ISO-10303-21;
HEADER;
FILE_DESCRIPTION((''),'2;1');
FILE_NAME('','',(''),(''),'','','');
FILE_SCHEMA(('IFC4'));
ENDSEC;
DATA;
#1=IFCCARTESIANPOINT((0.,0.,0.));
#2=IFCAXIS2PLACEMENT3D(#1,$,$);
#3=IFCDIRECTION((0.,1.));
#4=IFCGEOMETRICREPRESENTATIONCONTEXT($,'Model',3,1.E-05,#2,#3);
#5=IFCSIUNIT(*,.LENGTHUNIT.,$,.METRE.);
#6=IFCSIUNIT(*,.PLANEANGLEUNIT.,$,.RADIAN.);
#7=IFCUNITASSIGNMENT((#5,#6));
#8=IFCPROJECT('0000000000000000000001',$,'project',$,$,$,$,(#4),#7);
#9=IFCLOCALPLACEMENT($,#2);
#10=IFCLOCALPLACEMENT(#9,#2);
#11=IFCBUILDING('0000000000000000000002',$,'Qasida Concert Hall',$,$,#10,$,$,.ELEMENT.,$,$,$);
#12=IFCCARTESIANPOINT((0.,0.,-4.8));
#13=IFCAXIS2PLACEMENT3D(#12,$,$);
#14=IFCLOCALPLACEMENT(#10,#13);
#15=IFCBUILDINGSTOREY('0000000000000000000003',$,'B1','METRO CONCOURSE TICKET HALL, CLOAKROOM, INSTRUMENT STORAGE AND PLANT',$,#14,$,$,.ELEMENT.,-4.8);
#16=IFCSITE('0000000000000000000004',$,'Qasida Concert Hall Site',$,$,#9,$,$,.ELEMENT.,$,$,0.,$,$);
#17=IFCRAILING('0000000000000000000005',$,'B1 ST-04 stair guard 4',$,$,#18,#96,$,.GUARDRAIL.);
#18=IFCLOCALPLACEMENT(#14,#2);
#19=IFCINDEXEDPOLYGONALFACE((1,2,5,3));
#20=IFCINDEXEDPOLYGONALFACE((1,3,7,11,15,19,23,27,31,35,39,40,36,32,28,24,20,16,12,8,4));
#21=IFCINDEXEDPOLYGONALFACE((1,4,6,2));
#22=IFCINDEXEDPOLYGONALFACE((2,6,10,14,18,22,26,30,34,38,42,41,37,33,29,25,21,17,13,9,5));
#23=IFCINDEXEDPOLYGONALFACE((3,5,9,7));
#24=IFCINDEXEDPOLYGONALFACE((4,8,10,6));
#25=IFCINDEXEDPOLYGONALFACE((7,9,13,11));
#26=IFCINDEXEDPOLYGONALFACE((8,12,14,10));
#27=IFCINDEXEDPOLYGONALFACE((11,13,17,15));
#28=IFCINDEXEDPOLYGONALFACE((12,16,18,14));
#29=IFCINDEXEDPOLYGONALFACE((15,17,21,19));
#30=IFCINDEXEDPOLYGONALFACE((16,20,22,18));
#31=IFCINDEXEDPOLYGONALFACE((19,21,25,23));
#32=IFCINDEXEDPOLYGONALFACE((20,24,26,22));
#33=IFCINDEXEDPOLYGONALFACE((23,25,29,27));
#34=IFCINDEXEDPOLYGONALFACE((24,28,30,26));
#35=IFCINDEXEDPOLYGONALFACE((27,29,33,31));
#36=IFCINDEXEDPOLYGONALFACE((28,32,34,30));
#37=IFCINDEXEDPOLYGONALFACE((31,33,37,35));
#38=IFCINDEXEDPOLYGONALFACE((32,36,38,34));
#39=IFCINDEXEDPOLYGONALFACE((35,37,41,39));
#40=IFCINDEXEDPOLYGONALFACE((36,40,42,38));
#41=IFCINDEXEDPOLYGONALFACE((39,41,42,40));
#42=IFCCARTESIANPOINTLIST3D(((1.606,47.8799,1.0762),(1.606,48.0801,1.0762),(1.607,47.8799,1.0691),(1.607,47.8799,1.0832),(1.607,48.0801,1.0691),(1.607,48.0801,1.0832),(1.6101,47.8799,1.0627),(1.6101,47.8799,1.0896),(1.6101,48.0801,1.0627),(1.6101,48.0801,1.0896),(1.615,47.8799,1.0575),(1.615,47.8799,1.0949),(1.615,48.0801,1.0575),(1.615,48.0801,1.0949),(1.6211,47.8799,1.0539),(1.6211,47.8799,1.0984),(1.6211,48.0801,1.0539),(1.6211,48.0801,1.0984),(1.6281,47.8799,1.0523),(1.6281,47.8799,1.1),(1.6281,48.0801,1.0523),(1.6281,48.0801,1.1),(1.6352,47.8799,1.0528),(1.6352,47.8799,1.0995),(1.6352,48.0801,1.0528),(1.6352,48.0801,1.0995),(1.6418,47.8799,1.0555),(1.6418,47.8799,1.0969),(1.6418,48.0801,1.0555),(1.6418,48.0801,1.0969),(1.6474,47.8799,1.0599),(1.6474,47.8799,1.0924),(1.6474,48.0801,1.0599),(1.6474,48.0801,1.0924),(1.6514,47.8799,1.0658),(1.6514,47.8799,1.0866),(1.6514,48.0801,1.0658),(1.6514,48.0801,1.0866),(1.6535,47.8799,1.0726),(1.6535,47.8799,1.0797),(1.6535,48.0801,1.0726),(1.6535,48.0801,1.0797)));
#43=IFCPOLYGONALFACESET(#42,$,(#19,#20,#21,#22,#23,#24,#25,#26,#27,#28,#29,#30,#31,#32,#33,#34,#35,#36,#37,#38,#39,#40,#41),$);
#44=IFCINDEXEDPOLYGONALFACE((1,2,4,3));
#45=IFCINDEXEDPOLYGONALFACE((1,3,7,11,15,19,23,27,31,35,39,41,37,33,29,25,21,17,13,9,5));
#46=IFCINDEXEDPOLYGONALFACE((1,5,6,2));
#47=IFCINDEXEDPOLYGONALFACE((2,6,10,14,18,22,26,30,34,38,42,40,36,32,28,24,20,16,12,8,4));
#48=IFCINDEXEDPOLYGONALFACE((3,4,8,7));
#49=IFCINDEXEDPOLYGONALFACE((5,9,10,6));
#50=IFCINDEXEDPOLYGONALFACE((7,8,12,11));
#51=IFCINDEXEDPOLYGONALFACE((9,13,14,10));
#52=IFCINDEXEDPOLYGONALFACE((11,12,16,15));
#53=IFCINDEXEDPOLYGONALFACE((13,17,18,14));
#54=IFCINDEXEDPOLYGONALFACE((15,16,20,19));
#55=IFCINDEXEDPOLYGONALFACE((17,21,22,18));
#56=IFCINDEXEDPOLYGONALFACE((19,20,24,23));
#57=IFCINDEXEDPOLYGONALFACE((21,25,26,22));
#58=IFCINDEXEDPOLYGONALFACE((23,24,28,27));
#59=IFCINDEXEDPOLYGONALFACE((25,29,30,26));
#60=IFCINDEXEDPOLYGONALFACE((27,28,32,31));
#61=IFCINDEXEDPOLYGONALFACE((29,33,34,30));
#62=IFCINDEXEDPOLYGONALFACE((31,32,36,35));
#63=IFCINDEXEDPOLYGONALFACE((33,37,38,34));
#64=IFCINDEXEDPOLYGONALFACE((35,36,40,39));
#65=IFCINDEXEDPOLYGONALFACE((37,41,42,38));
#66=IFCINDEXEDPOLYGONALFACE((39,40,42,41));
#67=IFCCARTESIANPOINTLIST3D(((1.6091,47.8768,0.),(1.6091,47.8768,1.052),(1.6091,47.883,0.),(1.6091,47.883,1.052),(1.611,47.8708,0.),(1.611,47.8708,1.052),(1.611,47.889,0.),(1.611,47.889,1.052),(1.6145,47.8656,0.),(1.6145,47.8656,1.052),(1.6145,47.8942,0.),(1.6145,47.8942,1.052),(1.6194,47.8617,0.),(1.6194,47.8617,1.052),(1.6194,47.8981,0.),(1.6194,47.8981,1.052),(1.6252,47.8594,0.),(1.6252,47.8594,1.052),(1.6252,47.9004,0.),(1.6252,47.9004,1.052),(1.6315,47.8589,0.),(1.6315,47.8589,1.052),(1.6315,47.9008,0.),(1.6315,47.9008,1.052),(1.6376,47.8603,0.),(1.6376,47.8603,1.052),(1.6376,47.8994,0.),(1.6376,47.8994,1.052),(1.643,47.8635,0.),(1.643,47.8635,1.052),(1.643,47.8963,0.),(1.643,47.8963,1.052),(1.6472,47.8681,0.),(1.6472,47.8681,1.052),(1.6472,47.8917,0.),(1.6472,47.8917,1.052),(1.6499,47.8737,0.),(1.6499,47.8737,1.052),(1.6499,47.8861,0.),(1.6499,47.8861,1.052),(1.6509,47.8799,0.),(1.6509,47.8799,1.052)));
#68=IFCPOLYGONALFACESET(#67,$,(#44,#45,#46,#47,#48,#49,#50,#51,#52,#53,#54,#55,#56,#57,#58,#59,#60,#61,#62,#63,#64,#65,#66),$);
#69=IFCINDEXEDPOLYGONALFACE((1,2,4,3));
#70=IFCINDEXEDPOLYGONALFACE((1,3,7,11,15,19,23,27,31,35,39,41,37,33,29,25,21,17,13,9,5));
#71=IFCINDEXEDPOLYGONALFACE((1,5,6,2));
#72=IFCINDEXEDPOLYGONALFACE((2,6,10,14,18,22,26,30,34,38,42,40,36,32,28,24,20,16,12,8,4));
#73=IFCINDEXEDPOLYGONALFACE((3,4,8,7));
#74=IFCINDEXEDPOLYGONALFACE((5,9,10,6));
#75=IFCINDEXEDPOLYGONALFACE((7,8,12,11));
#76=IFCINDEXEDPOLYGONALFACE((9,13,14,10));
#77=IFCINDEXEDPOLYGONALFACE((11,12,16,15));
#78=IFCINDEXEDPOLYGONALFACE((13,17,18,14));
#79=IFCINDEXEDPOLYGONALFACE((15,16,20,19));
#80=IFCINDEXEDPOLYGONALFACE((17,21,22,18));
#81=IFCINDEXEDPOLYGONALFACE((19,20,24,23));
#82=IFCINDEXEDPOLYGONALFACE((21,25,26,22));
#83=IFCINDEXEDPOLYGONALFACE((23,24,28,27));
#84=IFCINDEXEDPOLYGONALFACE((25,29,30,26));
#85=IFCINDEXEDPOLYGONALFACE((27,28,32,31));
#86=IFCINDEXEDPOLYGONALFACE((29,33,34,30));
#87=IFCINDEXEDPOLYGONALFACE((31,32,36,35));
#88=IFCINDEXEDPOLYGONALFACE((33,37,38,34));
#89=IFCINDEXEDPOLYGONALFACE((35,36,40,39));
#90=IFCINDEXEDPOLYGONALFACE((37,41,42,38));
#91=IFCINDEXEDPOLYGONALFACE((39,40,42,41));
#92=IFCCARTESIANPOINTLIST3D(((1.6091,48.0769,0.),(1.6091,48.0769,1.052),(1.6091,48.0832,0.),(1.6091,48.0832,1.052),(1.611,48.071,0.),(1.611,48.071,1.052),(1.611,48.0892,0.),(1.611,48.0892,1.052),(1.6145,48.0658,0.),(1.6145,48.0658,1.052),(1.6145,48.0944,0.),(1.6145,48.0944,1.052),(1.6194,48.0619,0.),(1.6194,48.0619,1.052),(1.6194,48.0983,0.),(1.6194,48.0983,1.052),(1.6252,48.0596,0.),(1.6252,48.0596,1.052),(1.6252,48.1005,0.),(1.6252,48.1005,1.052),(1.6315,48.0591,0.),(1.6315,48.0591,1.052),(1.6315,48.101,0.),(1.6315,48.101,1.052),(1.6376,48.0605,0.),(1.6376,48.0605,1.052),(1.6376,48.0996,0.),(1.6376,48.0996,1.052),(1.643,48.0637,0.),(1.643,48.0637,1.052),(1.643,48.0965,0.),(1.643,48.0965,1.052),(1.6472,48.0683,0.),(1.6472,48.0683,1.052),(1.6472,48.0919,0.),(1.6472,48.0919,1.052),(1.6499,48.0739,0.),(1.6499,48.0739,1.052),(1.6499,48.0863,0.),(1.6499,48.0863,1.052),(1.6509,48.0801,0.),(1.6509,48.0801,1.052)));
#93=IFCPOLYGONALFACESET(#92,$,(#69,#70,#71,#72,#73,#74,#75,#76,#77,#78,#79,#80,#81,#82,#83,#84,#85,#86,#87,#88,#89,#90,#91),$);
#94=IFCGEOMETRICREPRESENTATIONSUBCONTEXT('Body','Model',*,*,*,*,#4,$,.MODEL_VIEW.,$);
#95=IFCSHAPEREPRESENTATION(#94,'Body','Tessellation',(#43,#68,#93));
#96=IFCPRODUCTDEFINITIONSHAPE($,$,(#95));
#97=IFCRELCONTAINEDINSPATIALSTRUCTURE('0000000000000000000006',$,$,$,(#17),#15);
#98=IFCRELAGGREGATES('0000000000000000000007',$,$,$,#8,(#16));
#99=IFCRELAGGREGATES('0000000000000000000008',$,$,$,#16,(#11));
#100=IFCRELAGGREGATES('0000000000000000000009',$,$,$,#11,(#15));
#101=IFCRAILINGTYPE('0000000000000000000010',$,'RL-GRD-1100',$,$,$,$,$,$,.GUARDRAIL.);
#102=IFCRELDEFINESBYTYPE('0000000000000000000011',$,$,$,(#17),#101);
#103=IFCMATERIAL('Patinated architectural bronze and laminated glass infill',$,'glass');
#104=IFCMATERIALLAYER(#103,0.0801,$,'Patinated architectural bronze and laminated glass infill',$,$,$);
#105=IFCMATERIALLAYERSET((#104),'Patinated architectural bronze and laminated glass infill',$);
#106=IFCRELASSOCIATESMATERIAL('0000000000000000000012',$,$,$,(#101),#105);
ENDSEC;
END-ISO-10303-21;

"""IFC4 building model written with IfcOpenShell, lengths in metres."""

from ifc_helpers import new_model, si_unit, direction, frame, origin, origin_2d, place, context, subcontext, project, spatial, circle, extrude, material, layer, layer_set, type_object, element, save


model = new_model("IFC4")

# Units and contexts
model_context = context("Model", 3, precision=1e-05, world=origin(), true_north=direction((0.0, 1.0)))
body_context = subcontext(model_context, "Body", "Model", "MODEL_VIEW")
ifc_project = project(units=[si_unit("LENGTHUNIT", "METRE"), si_unit("PLANEANGLEUNIT", "RADIAN")], contexts=[model_context])

# Site, building, storey
site_placement = place(None, origin())
site = spatial("IfcSite", under=ifc_project, at=site_placement, Name="Qasida Concert Hall Site", CompositionType="ELEMENT", RefElevation=0.0)
building_placement = place(site_placement, origin())
building = spatial("IfcBuilding", under=site, at=building_placement, Name="Qasida Concert Hall", CompositionType="ELEMENT")
storey_placement = place(building_placement, frame((0.0, 0.0, -4.8)))
storey = spatial("IfcBuildingStorey", under=building, at=storey_placement, Name="B1", Description="METRO CONCOURSE TICKET HALL, CLOAKROOM, INSTRUMENT STORAGE AND PLANT", CompositionType="ELEMENT", Elevation=-4.8)

# Railing
ifc_material_1 = material(Name="Patinated architectural bronze and laminated glass infill", Category="glass")
ifc_layer_1 = layer(ifc_material_1, 0.0801, Name="Patinated architectural bronze and laminated glass infill")
ifc_layer_set_1 = layer_set([ifc_layer_1], Name="Patinated architectural bronze and laminated glass infill")
railing_type_1 = type_object("IfcRailingType", Name="RL-GRD-1100", PredefinedType="GUARDRAIL", material=ifc_layer_set_1)
railing_1_placement = place(storey_placement, frame((1.6299, 47.8799, 0.0)))
element("IfcRailing", 1, at=railing_1_placement, inside=storey, type_object=railing_type_1, Name="B1 ST-04 stair guard 4", PredefinedType="GUARDRAIL", context=body_context, shape_type="SweptSolid", body=[
    extrude(circle(Radius=0.0239, at=origin_2d()), frame((0.0, 0.0, 1.0762), z_axis=(0.0, 1.0, 0.0), x_axis=(-1.0, 0.0, 0.0)), (0.0, 0.0, 1.0), 0.2002),
    extrude(circle(Radius=0.021, at=origin_2d()), origin(), (0.0, 0.0, 1.0), 1.052),
    extrude(circle(Radius=0.021, at=origin_2d()), frame((0.0, 0.2002, 0.0)), (0.0, 0.0, 1.0), 1.052),
])

save(model, "model.ifc")
